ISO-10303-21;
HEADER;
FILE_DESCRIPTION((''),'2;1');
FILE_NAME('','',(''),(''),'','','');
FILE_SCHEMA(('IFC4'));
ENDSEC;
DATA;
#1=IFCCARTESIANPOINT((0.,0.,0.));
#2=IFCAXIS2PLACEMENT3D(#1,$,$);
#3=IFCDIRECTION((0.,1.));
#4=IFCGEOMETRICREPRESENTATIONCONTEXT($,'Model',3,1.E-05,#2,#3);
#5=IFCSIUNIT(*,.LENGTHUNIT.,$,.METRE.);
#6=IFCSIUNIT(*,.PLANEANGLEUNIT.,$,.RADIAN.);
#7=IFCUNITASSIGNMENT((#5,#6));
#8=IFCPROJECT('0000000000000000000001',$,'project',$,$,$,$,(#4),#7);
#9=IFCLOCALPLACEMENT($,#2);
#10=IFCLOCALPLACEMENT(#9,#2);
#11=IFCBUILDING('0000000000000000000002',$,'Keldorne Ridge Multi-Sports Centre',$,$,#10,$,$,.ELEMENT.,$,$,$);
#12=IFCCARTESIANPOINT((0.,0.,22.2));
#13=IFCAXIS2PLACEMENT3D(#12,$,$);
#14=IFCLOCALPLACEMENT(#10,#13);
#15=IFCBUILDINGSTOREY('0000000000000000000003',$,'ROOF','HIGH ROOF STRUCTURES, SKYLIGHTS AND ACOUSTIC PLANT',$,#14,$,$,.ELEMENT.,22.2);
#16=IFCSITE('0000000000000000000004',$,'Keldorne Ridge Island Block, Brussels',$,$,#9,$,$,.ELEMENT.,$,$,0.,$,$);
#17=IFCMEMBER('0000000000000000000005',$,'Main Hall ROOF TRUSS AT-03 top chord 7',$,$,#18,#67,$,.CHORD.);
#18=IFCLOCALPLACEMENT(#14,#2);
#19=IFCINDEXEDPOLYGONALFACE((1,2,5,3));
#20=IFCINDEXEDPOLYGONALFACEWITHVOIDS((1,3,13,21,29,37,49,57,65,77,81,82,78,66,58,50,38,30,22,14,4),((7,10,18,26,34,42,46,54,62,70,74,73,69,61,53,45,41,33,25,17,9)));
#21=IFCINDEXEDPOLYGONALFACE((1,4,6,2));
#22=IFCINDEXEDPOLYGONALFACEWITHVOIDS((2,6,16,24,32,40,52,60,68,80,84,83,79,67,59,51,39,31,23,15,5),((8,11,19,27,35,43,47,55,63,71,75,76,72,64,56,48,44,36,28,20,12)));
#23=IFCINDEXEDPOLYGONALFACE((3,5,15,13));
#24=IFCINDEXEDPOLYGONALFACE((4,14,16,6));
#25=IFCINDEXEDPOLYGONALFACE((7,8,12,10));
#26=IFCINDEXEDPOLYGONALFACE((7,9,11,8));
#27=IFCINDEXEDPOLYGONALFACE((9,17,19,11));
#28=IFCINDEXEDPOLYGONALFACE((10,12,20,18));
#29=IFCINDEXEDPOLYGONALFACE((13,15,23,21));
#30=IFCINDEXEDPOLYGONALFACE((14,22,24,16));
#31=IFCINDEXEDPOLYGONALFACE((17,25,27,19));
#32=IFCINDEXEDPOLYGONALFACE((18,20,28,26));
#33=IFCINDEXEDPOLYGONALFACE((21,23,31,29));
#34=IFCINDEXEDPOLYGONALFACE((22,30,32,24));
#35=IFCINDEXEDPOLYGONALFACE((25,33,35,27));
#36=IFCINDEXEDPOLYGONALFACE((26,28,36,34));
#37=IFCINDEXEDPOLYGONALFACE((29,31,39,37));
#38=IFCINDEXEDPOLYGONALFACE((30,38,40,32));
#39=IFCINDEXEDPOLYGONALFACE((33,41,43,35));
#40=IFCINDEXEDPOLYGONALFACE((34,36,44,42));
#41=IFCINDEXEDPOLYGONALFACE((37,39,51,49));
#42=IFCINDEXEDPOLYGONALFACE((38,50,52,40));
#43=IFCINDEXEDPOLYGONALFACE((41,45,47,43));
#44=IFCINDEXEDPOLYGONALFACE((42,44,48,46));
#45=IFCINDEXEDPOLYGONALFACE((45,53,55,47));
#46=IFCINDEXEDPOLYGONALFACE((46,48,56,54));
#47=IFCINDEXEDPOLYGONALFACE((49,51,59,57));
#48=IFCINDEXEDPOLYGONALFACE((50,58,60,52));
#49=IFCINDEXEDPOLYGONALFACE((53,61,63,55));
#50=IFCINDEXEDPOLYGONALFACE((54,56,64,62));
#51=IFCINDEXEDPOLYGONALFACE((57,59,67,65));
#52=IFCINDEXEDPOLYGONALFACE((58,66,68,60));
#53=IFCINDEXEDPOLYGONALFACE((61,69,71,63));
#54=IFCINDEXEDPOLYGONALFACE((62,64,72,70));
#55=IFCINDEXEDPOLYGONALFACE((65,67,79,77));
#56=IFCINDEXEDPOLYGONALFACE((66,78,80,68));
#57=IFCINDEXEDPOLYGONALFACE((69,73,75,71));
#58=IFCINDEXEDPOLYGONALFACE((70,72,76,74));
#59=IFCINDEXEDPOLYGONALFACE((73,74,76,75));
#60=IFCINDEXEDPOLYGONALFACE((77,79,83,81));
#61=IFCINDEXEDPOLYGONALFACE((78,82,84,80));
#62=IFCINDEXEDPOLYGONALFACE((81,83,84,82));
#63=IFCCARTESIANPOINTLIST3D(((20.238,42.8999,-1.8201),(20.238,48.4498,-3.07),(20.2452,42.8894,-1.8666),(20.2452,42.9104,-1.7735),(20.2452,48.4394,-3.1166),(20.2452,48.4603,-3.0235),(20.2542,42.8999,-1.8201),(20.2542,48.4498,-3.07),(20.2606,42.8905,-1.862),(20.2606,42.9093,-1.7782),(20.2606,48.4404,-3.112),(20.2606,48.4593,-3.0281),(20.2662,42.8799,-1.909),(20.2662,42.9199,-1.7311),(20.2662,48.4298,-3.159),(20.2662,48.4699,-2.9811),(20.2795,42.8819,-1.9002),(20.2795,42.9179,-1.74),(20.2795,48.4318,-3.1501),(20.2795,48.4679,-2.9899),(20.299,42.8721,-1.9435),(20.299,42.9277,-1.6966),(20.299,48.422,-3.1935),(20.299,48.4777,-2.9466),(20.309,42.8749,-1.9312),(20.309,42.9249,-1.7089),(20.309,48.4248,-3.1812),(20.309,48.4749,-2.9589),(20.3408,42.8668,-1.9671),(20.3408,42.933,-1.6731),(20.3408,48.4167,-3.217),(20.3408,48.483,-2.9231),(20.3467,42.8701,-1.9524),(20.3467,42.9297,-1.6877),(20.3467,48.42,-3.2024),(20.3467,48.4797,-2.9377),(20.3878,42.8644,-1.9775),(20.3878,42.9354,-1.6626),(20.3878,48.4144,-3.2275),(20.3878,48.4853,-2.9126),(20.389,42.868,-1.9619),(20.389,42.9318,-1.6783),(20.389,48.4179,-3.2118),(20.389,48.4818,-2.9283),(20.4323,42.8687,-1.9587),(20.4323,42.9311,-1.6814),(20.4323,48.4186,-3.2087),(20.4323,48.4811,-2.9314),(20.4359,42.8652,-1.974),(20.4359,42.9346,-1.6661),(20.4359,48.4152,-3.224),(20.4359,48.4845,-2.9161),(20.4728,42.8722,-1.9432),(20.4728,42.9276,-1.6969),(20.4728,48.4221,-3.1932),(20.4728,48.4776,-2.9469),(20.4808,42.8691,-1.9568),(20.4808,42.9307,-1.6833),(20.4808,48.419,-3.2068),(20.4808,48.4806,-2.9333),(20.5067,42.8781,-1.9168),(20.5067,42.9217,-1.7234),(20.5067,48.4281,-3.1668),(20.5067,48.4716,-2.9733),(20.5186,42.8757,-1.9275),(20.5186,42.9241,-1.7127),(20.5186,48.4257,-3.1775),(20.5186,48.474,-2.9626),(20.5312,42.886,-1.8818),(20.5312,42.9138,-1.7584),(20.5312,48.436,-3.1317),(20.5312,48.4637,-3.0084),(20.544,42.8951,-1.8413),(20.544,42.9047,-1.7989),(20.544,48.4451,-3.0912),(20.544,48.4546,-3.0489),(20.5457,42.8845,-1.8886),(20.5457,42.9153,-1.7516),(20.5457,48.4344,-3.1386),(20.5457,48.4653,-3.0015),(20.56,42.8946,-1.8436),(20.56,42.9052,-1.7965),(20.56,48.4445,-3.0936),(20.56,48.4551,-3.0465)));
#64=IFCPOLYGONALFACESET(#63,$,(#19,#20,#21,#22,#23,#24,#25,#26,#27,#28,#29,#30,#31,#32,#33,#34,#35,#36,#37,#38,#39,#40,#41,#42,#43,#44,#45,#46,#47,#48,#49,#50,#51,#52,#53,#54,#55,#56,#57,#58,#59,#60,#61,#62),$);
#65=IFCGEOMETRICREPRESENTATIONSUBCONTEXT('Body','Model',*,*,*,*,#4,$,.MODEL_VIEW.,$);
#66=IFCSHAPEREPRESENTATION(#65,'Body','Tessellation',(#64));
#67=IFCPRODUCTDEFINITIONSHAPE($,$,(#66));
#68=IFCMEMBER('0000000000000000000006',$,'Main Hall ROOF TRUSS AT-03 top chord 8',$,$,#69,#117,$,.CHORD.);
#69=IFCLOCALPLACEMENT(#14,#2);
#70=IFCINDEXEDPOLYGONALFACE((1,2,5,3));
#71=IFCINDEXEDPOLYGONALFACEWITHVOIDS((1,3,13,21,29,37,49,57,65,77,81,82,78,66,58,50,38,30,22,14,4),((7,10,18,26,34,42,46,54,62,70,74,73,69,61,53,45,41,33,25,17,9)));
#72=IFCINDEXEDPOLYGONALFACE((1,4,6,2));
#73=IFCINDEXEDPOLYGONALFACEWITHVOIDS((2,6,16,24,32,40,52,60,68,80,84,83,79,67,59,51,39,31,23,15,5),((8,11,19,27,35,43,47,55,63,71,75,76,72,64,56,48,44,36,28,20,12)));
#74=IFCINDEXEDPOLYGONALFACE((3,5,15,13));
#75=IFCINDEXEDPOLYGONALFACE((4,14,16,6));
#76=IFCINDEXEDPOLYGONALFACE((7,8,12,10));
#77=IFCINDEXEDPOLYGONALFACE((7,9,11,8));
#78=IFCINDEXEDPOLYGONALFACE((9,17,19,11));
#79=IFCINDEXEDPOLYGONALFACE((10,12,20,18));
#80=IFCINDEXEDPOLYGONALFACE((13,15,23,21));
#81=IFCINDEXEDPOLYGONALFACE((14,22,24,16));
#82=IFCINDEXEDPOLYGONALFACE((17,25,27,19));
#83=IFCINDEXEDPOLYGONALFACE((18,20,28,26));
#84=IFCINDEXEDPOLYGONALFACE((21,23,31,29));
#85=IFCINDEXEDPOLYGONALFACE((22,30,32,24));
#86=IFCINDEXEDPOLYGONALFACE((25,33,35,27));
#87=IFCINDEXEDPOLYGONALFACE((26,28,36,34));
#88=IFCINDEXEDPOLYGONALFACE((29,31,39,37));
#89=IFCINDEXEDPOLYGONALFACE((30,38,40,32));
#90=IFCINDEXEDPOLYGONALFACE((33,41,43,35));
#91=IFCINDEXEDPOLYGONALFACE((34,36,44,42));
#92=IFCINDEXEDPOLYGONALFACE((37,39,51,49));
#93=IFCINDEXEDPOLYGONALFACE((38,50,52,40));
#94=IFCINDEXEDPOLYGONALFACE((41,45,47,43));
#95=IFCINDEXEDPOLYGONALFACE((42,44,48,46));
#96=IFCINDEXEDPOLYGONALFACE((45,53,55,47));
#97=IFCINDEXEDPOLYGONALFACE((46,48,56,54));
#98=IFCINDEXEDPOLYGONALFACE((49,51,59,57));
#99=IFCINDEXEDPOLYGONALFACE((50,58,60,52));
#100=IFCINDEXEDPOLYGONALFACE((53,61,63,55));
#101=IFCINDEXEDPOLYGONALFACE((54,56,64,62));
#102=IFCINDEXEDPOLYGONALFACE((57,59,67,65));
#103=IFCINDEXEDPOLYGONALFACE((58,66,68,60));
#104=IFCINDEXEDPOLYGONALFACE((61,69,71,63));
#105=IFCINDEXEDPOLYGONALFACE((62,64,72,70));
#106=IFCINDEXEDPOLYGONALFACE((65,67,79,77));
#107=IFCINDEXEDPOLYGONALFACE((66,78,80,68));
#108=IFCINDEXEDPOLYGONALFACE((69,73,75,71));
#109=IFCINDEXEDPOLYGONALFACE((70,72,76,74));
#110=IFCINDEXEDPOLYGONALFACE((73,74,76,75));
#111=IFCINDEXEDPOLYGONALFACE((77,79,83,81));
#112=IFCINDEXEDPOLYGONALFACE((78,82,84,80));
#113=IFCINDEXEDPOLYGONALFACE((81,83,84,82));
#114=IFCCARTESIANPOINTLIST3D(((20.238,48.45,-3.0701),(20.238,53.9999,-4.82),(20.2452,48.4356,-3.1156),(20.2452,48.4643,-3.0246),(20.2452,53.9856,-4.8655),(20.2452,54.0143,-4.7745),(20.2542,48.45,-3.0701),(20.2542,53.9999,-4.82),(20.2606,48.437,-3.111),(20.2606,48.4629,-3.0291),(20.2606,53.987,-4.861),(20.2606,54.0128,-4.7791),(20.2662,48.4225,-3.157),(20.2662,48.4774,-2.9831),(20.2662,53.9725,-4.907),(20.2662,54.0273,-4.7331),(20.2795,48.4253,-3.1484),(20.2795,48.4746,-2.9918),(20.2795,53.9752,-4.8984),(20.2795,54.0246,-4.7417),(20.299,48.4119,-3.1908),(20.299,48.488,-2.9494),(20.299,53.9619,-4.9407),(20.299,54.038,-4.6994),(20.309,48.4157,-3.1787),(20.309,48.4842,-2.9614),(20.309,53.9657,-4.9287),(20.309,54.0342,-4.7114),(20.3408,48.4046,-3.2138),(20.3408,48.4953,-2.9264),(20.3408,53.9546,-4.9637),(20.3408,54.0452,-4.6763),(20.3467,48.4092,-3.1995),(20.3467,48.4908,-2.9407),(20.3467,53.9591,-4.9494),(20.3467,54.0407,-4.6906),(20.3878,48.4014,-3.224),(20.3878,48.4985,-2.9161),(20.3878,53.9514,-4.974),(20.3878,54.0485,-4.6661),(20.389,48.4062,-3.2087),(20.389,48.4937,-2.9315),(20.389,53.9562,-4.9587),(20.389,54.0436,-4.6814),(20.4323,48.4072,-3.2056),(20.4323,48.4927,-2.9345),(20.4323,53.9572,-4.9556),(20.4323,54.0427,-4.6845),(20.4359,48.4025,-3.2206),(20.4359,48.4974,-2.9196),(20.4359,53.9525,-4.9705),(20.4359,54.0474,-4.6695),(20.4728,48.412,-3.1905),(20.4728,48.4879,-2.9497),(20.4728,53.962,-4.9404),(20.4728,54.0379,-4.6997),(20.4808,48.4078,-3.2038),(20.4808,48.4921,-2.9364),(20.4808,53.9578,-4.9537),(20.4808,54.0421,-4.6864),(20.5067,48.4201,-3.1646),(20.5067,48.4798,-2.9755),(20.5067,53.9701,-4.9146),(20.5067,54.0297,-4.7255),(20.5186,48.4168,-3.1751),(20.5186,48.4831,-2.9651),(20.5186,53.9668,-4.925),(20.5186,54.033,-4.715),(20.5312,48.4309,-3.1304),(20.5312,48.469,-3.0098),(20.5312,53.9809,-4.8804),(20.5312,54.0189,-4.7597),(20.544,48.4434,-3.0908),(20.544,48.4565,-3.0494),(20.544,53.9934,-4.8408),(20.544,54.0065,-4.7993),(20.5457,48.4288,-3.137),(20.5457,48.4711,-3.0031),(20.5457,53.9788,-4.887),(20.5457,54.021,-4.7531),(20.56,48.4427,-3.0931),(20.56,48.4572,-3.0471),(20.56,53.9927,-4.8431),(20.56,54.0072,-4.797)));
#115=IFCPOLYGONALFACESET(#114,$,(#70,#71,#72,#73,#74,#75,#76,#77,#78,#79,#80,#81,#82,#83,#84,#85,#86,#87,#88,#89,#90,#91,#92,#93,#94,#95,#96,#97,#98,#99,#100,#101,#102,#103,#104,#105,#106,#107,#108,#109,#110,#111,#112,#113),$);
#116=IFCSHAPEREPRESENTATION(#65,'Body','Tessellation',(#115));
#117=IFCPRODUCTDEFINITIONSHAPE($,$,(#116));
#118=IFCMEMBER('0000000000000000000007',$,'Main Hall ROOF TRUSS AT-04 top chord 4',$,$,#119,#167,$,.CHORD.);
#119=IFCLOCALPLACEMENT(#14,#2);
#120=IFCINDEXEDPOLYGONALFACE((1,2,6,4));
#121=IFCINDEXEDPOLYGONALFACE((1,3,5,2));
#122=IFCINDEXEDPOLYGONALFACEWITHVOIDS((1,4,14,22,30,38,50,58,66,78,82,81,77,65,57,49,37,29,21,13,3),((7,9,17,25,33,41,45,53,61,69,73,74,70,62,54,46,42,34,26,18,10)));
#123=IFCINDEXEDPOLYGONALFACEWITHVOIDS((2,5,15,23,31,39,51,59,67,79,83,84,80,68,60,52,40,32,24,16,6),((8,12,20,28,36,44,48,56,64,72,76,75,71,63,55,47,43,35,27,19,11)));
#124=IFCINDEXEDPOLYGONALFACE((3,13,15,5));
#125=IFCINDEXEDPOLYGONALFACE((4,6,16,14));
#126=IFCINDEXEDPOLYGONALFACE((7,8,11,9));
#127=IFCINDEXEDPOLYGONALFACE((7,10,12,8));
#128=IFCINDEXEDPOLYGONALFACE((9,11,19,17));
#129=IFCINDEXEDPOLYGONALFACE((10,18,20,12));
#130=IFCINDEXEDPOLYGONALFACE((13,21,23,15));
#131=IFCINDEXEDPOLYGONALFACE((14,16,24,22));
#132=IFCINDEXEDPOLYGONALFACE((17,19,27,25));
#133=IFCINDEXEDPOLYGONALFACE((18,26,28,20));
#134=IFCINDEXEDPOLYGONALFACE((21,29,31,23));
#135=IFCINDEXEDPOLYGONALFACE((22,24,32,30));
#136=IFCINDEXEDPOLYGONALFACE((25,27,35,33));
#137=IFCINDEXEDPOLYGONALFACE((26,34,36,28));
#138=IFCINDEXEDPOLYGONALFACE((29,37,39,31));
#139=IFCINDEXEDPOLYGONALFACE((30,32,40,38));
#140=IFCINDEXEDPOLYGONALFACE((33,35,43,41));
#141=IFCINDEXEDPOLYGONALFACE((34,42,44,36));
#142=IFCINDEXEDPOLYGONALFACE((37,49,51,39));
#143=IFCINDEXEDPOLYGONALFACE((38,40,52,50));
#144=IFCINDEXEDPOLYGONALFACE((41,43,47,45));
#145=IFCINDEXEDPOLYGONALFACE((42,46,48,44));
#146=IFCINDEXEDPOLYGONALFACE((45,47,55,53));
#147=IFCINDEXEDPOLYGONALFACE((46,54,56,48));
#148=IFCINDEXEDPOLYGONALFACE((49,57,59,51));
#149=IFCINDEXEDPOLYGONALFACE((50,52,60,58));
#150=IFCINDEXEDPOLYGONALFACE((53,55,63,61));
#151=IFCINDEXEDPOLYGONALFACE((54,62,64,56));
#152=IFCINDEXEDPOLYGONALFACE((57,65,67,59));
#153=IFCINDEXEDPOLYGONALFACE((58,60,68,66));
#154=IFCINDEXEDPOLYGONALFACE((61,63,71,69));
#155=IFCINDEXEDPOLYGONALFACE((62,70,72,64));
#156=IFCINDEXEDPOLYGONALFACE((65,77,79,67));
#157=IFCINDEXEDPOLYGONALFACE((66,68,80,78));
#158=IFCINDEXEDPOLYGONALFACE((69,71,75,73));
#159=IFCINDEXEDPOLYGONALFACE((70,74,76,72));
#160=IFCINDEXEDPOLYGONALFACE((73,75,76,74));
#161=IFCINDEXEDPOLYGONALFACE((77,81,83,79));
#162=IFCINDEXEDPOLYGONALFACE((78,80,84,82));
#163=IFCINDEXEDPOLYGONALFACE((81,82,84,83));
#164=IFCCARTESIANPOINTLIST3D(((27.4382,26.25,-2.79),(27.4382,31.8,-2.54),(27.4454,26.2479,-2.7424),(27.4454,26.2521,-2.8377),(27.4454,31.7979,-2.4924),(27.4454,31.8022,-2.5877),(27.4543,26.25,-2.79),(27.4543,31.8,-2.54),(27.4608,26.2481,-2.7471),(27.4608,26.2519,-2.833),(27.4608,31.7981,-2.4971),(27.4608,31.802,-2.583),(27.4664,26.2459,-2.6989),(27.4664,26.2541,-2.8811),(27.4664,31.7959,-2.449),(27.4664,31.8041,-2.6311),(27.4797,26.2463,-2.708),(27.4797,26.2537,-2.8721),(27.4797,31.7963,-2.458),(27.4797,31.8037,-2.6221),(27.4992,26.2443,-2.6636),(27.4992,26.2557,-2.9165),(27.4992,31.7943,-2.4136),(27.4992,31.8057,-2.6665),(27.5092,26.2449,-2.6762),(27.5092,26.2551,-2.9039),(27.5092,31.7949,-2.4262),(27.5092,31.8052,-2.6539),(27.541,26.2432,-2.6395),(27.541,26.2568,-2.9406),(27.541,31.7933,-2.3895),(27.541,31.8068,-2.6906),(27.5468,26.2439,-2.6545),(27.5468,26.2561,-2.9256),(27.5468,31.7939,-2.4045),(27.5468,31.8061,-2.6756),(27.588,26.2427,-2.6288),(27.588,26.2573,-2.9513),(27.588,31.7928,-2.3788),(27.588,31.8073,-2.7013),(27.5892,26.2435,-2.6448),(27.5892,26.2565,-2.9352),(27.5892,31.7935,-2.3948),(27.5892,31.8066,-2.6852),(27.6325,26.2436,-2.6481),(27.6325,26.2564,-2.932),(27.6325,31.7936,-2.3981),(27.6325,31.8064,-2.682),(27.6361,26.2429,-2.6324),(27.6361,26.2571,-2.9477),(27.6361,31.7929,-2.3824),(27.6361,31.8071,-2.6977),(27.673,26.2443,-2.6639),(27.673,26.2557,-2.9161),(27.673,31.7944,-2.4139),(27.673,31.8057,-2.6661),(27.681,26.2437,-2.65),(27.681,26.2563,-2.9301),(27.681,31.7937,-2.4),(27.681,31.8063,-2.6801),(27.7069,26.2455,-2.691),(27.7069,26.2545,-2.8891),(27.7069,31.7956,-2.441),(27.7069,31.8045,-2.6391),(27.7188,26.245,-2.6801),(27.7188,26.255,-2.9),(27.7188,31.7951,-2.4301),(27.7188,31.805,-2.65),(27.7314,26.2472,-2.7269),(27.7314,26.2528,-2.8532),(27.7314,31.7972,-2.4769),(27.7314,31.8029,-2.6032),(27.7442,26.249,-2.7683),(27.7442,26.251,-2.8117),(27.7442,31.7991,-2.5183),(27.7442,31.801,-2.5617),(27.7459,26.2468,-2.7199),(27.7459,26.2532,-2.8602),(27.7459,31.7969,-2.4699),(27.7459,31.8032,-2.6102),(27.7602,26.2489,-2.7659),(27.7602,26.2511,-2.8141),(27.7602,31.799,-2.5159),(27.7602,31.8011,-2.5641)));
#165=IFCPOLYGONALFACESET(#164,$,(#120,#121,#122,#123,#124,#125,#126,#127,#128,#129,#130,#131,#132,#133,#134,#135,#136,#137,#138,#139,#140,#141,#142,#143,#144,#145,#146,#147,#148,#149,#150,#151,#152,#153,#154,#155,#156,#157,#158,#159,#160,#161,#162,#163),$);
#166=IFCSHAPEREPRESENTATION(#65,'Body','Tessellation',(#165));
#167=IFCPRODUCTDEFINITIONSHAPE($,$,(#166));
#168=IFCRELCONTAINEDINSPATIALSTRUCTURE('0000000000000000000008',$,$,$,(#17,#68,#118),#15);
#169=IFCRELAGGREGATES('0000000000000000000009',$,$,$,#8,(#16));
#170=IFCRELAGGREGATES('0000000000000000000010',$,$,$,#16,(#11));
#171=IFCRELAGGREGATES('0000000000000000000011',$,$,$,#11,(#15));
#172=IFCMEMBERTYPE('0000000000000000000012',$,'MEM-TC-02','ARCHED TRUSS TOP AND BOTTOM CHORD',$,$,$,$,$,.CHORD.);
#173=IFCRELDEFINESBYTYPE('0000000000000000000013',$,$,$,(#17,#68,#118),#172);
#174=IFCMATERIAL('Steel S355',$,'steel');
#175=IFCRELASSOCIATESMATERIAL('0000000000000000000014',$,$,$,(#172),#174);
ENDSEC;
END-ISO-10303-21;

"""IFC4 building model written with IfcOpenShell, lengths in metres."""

from ifc_helpers import new_model, si_unit, direction, frame, origin, origin_2d, place, context, subcontext, project, spatial, hollow_circle, extrude, material, material_profile, profile_set, type_object, element, save


model = new_model("IFC4")

# Units and contexts
model_context = context("Model", 3, precision=1e-05, world=origin(), true_north=direction((0.0, 1.0)))
body_context = subcontext(model_context, "Body", "Model", "MODEL_VIEW")
ifc_project = project(units=[si_unit("LENGTHUNIT", "METRE"), si_unit("PLANEANGLEUNIT", "RADIAN")], contexts=[model_context])

# Site, building, storey
site_placement = place(None, origin())
site = spatial("IfcSite", under=ifc_project, at=site_placement, Name="Keldorne Ridge Island Block, Brussels", CompositionType="ELEMENT", RefElevation=0.0)
building_placement = place(site_placement, origin())
building = spatial("IfcBuilding", under=site, at=building_placement, Name="Keldorne Ridge Multi-Sports Centre", CompositionType="ELEMENT")
storey_placement = place(building_placement, frame((0.0, 0.0, 22.2)))
storey = spatial("IfcBuildingStorey", under=building, at=storey_placement, Name="ROOF", Description="HIGH ROOF STRUCTURES, SKYLIGHTS AND ACOUSTIC PLANT", CompositionType="ELEMENT", Elevation=22.2)

# Members
ifc_material = material(Name="Steel S355", Category="steel")
ifc_material_profile_1 = material_profile(ifc_material, hollow_circle(Radius=0.1619, WallThickness=0.0161, at=origin_2d()), Name="CHS 323.9x16")
ifc_profile_set_1 = profile_set([ifc_material_profile_1], Name="Steel S355")
member_type_1 = type_object("IfcMemberType", Name="MEM-TC-02", Description="ARCHED TRUSS TOP AND BOTTOM CHORD", PredefinedType="CHORD", material=ifc_profile_set_1)
member_1_placement = place(storey_placement, frame((20.3999, 42.8999, -1.8201), z_axis=(0.0, 0.975563, -0.219719), x_axis=(-1.0, 0.0, 0.0)))
element("IfcMember", 1, at=member_1_placement, inside=storey, type_object=member_type_1, Name="Main Hall ROOF TRUSS AT-03 top chord 7", PredefinedType="CHORD", context=body_context, shape_type="SweptSolid", body=[
    extrude(hollow_circle(Radius=0.1619, WallThickness=0.0161, at=origin_2d()), origin(), (0.0, 0.0, 1.0), 5.689),
])
member_2_placement = place(storey_placement, frame((20.3999, 48.45, -3.0701), z_axis=(0.0, 0.953713, -0.300718), x_axis=(-1.0, 0.0, 0.0)))
element("IfcMember", 2, at=member_2_placement, inside=storey, type_object=member_type_1, Name="Main Hall ROOF TRUSS AT-03 top chord 8", PredefinedType="CHORD", context=body_context, shape_type="SweptSolid", body=[
    extrude(hollow_circle(Radius=0.1619, WallThickness=0.0161, at=origin_2d()), origin(), (0.0, 0.0, 1.0), 5.8193),
])
for number, where, z_axis, x_axis, name in (
    (3, (27.6001, 26.25, -2.79), (0.0, 0.998987, 0.044999), (-1.0, 0.0, 0.0), "Main Hall ROOF TRUSS AT-04 top chord 4"),
):
    element("IfcMember", number, at=place(storey_placement, frame(where, z_axis=z_axis, x_axis=x_axis)), inside=storey, type_object=member_type_1, Name=name, PredefinedType="CHORD", context=body_context, shape_type="SweptSolid", body=[
        extrude(hollow_circle(Radius=0.1619, WallThickness=0.0161, at=origin_2d()), origin(), (0.0, 0.0, 1.0), 5.5557),
    ])

save(model, "model.ifc")
